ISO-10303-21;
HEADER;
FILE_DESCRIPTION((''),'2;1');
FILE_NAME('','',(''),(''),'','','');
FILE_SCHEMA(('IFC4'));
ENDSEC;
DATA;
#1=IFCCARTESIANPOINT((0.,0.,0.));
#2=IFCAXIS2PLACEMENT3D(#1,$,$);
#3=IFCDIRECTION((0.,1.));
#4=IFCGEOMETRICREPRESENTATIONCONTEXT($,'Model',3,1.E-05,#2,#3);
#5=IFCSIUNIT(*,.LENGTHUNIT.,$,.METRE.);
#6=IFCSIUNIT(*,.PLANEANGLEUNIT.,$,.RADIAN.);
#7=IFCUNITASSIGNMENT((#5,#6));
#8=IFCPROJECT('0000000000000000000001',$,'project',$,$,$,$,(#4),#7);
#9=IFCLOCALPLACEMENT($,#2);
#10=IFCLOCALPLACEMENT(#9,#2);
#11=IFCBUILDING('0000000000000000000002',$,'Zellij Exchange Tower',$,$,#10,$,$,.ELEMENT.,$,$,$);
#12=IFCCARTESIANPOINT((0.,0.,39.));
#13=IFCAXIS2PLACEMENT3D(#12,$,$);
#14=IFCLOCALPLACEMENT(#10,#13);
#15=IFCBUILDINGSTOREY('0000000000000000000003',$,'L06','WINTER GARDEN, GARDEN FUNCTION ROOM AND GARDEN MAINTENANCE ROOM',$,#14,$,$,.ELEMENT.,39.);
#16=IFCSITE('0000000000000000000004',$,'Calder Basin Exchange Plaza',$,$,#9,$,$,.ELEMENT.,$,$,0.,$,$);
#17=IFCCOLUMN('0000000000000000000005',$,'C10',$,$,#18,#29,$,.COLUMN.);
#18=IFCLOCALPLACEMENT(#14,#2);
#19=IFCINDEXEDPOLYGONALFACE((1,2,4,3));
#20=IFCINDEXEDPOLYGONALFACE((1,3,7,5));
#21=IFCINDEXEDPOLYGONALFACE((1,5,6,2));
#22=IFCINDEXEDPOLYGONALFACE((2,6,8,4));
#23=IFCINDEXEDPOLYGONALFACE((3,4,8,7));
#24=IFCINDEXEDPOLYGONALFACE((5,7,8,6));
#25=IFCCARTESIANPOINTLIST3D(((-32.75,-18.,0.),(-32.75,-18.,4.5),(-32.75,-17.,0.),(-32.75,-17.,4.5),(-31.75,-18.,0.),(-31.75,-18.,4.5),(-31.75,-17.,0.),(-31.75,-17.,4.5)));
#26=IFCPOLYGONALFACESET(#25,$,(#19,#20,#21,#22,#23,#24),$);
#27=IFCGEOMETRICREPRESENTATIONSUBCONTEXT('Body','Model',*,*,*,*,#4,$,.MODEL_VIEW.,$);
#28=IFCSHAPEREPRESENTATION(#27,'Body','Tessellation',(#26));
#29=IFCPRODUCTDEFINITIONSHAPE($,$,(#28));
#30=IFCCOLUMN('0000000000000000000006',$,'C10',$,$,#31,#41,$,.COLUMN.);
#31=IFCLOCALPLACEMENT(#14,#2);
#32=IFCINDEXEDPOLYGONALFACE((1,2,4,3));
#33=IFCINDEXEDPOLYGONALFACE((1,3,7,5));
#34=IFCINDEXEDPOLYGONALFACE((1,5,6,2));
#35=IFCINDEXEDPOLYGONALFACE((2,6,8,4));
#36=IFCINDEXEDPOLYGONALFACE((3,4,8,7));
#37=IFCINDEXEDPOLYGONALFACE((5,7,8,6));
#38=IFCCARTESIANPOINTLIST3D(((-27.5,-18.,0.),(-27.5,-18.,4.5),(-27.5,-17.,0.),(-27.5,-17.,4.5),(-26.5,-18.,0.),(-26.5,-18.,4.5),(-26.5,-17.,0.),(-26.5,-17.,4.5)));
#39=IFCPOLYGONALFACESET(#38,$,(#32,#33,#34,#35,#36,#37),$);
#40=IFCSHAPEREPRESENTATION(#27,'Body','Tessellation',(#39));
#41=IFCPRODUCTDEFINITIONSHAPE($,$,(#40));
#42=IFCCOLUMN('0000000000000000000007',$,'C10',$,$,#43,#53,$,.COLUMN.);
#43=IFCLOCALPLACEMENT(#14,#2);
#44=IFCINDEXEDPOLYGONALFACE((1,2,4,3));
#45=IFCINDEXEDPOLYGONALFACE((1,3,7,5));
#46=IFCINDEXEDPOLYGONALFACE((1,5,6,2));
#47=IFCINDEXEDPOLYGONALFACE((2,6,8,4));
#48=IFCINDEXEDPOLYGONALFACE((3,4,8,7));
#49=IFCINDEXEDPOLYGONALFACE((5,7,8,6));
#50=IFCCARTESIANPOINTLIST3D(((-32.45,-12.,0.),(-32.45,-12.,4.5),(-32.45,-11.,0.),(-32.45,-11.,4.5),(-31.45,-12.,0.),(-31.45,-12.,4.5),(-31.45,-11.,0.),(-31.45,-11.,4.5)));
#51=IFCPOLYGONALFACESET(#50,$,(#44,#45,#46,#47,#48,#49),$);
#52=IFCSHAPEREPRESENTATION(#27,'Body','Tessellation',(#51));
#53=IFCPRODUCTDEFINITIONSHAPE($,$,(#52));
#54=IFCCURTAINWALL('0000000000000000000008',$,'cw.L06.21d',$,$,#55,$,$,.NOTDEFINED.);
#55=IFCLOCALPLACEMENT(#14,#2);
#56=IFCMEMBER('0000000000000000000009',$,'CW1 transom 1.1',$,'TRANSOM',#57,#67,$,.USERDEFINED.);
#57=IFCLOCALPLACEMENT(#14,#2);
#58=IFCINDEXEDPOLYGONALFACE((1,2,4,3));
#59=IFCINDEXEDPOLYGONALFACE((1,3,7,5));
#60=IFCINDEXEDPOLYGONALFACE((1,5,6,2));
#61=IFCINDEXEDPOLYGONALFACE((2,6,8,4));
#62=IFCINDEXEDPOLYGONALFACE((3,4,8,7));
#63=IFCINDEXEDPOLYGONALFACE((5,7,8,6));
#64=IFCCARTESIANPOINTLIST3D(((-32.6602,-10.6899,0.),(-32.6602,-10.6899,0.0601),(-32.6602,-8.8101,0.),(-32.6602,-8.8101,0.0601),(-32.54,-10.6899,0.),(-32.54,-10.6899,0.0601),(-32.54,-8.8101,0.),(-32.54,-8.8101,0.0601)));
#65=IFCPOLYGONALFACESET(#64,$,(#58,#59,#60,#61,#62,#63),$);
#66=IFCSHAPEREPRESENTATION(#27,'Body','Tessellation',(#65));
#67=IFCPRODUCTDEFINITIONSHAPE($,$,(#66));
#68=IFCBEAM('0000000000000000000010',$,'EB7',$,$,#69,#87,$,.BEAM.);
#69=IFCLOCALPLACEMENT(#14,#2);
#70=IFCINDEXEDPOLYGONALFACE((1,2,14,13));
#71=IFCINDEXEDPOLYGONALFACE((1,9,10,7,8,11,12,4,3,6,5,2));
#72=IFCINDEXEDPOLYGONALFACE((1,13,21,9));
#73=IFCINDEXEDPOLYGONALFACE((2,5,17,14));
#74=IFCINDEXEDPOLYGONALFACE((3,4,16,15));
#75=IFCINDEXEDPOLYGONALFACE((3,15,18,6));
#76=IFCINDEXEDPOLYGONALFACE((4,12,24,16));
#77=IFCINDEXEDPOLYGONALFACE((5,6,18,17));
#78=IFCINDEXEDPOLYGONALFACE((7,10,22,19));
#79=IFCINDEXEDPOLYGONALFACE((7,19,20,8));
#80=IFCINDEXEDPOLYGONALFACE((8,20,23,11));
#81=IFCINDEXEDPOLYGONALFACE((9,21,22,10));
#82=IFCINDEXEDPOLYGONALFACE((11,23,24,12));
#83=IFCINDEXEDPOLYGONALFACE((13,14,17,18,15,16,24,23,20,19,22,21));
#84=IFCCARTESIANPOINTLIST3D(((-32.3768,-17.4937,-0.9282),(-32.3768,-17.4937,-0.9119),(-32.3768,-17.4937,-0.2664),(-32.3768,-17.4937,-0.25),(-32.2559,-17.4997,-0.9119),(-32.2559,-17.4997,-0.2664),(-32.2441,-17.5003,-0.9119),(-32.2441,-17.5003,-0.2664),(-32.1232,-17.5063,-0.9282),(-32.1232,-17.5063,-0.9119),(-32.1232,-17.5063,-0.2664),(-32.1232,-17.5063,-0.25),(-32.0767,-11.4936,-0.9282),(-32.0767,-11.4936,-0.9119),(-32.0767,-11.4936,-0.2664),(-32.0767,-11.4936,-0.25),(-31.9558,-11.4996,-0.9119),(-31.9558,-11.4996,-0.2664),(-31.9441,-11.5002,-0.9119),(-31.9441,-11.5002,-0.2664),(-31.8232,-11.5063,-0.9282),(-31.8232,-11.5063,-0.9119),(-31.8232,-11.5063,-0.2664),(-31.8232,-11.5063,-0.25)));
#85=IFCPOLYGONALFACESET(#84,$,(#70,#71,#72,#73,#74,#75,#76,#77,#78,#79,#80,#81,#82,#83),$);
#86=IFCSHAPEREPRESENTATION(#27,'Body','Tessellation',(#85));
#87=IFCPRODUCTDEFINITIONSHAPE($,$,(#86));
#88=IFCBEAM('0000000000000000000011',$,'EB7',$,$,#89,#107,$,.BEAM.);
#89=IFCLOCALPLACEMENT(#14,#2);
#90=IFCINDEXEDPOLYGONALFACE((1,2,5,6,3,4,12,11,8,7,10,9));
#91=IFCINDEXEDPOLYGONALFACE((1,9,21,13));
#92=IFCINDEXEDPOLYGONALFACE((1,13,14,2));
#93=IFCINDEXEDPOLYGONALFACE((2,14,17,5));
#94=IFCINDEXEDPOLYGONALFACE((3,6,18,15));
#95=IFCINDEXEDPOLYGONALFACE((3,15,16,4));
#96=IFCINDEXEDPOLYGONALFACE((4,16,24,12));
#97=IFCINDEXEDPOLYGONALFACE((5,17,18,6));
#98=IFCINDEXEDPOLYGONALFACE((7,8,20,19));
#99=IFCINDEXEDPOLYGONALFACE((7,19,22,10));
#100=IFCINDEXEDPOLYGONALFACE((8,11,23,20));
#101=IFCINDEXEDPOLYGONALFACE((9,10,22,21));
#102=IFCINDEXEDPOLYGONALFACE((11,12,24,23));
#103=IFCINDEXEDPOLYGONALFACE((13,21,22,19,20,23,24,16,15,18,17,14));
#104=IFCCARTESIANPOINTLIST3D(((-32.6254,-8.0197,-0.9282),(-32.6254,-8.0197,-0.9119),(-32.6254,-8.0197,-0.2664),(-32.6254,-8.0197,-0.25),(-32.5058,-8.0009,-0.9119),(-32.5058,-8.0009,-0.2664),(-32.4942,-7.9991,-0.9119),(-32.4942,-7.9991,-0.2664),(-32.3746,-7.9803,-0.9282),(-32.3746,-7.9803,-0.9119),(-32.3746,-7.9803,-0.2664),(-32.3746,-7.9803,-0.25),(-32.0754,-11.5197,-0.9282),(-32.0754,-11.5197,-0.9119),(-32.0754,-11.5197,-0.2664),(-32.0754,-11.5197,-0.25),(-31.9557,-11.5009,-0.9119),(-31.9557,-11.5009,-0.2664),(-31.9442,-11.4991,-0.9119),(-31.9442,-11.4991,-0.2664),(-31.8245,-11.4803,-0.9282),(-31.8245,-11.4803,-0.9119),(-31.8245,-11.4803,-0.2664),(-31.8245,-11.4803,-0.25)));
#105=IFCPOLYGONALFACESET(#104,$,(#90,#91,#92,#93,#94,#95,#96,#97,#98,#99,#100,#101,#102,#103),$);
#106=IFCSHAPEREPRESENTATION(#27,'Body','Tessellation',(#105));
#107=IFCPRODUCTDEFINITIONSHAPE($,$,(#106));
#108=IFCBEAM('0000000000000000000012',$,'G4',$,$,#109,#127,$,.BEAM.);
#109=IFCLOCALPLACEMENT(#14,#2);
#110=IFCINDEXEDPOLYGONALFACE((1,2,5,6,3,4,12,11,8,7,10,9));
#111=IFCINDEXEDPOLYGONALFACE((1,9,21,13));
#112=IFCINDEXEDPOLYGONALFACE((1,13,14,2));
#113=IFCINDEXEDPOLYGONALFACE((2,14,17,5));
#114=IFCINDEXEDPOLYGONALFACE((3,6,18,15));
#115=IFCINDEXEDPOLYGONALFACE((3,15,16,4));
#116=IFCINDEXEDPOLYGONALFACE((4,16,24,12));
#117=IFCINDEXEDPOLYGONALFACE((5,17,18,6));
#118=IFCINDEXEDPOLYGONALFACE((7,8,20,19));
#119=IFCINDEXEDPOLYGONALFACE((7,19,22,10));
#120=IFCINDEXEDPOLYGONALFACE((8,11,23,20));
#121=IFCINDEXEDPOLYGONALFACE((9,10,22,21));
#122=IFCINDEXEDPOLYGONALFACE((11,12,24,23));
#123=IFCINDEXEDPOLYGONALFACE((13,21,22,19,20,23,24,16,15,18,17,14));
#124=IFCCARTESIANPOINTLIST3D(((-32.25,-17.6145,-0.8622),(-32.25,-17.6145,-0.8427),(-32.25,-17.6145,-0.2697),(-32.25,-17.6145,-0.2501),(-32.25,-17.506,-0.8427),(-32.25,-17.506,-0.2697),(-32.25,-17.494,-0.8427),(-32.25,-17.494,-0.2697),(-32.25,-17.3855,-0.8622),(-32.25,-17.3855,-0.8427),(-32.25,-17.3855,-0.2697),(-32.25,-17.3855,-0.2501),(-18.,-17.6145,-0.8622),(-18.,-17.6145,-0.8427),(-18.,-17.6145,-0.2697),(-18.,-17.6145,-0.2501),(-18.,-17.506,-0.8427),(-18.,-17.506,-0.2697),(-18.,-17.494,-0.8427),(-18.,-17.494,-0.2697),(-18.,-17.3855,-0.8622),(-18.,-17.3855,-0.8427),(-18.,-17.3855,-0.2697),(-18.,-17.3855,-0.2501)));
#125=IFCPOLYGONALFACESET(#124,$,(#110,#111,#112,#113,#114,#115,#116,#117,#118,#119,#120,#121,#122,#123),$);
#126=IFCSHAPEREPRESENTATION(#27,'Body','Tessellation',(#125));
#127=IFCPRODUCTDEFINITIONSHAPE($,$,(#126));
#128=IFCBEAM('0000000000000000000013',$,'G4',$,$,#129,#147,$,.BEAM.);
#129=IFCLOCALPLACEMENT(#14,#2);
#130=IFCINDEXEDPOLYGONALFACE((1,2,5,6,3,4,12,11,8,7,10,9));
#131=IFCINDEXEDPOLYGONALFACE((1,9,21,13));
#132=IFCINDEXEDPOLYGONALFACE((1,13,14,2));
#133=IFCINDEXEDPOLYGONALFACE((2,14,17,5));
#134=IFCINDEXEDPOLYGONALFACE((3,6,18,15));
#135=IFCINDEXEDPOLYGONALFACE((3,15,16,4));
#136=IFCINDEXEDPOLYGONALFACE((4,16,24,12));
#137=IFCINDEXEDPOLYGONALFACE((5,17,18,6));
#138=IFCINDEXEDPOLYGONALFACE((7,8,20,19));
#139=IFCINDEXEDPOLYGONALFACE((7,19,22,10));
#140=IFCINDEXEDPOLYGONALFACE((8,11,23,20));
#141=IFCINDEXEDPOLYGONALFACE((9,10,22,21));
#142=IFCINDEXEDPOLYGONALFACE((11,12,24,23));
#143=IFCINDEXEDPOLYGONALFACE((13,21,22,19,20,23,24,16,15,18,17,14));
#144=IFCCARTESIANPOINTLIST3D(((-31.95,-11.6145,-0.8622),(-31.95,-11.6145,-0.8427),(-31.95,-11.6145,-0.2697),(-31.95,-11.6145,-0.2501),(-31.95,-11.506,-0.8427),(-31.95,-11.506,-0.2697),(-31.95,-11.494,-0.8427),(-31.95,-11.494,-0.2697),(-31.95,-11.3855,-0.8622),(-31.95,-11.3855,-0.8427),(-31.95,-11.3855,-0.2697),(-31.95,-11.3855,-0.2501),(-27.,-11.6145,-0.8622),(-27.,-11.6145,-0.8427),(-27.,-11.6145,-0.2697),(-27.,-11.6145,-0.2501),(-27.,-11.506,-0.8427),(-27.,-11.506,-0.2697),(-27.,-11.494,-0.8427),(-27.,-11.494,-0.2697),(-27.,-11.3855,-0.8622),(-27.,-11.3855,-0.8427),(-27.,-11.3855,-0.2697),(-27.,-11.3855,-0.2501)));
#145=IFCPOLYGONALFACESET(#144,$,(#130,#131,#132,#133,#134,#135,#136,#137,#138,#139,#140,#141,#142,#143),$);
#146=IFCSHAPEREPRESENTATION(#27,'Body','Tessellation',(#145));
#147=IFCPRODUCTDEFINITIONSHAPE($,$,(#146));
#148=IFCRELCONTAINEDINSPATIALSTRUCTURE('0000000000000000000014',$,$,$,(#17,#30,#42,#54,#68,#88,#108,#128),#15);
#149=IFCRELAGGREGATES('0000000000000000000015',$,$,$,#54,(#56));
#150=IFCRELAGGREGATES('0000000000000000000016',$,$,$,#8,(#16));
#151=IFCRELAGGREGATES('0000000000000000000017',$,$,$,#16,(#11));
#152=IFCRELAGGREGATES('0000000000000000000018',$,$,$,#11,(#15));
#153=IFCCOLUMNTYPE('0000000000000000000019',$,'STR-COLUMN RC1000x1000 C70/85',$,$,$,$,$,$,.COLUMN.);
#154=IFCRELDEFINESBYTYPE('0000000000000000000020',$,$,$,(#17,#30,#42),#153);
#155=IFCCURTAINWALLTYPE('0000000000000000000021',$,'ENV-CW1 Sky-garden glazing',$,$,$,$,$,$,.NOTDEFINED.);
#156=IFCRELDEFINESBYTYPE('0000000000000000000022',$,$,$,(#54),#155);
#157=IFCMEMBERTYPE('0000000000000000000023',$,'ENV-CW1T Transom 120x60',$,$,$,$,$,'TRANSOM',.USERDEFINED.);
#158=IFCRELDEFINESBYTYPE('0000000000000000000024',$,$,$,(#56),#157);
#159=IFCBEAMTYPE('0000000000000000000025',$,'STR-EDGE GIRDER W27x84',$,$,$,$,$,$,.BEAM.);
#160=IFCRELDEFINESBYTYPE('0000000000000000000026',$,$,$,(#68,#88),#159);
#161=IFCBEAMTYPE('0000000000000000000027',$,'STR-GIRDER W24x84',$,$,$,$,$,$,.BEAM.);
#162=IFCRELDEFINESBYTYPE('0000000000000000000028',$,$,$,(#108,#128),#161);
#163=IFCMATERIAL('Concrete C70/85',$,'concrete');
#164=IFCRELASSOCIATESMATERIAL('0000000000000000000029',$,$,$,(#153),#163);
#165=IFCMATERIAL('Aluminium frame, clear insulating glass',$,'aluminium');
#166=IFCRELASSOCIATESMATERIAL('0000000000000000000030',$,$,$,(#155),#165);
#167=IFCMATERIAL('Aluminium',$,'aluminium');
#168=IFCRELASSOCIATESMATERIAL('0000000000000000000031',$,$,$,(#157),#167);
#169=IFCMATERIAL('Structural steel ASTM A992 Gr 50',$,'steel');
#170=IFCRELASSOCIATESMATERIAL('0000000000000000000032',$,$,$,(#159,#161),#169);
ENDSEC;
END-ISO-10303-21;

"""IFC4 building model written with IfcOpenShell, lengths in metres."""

from ifc_helpers import new_model, si_unit, direction, frame, origin, origin_2d, place, context, subcontext, project, spatial, rectangle, i_section, extrude, material, material_profile, profile_set, type_object, element, aggregate, save


model = new_model("IFC4")

# Units and contexts
model_context = context("Model", 3, precision=1e-05, world=origin(), true_north=direction((0.0, 1.0)))
body_context = subcontext(model_context, "Body", "Model", "MODEL_VIEW")
ifc_project = project(units=[si_unit("LENGTHUNIT", "METRE"), si_unit("PLANEANGLEUNIT", "RADIAN")], contexts=[model_context])

# Site, building, storey
site_placement = place(None, origin())
site = spatial("IfcSite", under=ifc_project, at=site_placement, Name="Calder Basin Exchange Plaza", CompositionType="ELEMENT", RefElevation=0.0)
building_placement = place(site_placement, origin())
building = spatial("IfcBuilding", under=site, at=building_placement, Name="Zellij Exchange Tower", CompositionType="ELEMENT")
storey_placement = place(building_placement, frame((0.0, 0.0, 39.0)))
storey = spatial("IfcBuildingStorey", under=building, at=storey_placement, Name="L06", Description="WINTER GARDEN, GARDEN FUNCTION ROOM AND GARDEN MAINTENANCE ROOM", CompositionType="ELEMENT", Elevation=39.0)

# Columns
ifc_material_1 = material(Name="Concrete C70/85", Category="concrete")
ifc_material_profile_1 = material_profile(ifc_material_1, rectangle(XDim=1.0, YDim=1.0, at=origin_2d()), Name="STR-COLUMN RC1000x1000 C70/85")
ifc_profile_set_1 = profile_set([ifc_material_profile_1], Name="Concrete C70/85")
column_type = type_object("IfcColumnType", Name="STR-COLUMN RC1000x1000 C70/85", PredefinedType="COLUMN", material=ifc_profile_set_1)
for number, where, z_axis, x_axis, name in (
    (1, (-32.25, -17.5, 0.0), (0.0, 0.0, 1.0), (1.0, 0.0, 0.0), "C10"),
    (2, (-27.0, -17.5, 0.0), (0.0, 0.0, 1.0), (1.0, 0.0, 0.0), "C10"),
    (3, (-31.95, -11.5, 0.0), (0.0, 0.0, 1.0), (1.0, 0.0, 0.0), "C10"),
):
    element("IfcColumn", number, at=place(storey_placement, frame(where, z_axis=z_axis, x_axis=x_axis)), inside=storey, type_object=column_type, Name=name, PredefinedType="COLUMN", context=body_context, shape_type="SweptSolid", body=[
        extrude(rectangle(XDim=1.0, YDim=1.0, at=origin_2d()), origin(), (0.0, 0.0, 1.0), 4.5),
    ])

# Curtain wall, member
ifc_material_2 = material(Name="Aluminium frame, clear insulating glass", Category="aluminium")
curtain_wall_type = type_object("IfcCurtainWallType", Name="ENV-CW1 Sky-garden glazing", PredefinedType="NOTDEFINED", material=ifc_material_2)
curtain_wall_placement = place(storey_placement, origin())
curtain_wall = element("IfcCurtainWall", 4, at=curtain_wall_placement, inside=storey, type_object=curtain_wall_type, Name="cw.L06.21d", PredefinedType="NOTDEFINED")
ifc_material_3 = material(Name="Aluminium", Category="aluminium")
ifc_material_profile_2 = material_profile(ifc_material_3, rectangle(XDim=0.1201, YDim=0.0601, at=origin_2d()), Name="AL 120x60")
ifc_profile_set_2 = profile_set([ifc_material_profile_2], Name="Aluminium")
member_type = type_object("IfcMemberType", Name="ENV-CW1T Transom 120x60", ElementType="TRANSOM", PredefinedType="USERDEFINED", material=ifc_profile_set_2)
member_placement = place(storey_placement, frame((-32.6001, -8.8101, 0.03), z_axis=(0.0, -1.0, 0.0), x_axis=(1.0, 0.0, 0.0)))
member = element("IfcMember", 5, at=member_placement, type_object=member_type, Name="CW1 transom 1.1", ObjectType="TRANSOM", PredefinedType="USERDEFINED", context=body_context, shape_type="SweptSolid", body=[
    extrude(rectangle(XDim=0.1201, YDim=0.0601, at=origin_2d()), origin(), (0.0, 0.0, 1.0), 1.8799),
])
aggregate(curtain_wall, [member])

# Beams
ifc_material_4 = material(Name="Structural steel ASTM A992 Gr 50", Category="steel")
ifc_material_profile_3 = material_profile(ifc_material_4, i_section(OverallWidth=0.2539, OverallDepth=0.6782, WebThickness=0.0117, FlangeThickness=0.0164, at=origin_2d()), Name="W27x84")
ifc_profile_set_3 = profile_set([ifc_material_profile_3], Name="Structural steel ASTM A992 Gr 50")
beam_type_1 = type_object("IfcBeamType", Name="STR-EDGE GIRDER W27x84", PredefinedType="BEAM", material=ifc_profile_set_3)
beam_1_placement = place(storey_placement, frame((-32.25, -17.5, -0.5891), z_axis=(0.049946, 0.998752, 0.0), x_axis=(-0.998752, 0.049946, 0.0)))
element("IfcBeam", 6, at=beam_1_placement, inside=storey, type_object=beam_type_1, Name="EB7", PredefinedType="BEAM", context=body_context, shape_type="SweptSolid", body=[
    extrude(i_section(OverallWidth=0.2539, OverallDepth=0.6782, WebThickness=0.0117, FlangeThickness=0.0164, at=origin_2d()), origin(), (0.0, 0.0, 1.0), 6.0076),
])
beam_2_placement = place(storey_placement, frame((-31.95, -11.5, -0.5891), z_axis=(-0.155251, 0.987875, 0.0), x_axis=(-0.987875, -0.155251, 0.0)))
element("IfcBeam", 7, at=beam_2_placement, inside=storey, type_object=beam_type_1, Name="EB7", PredefinedType="BEAM", context=body_context, shape_type="SweptSolid", body=[
    extrude(i_section(OverallWidth=0.2539, OverallDepth=0.6782, WebThickness=0.0117, FlangeThickness=0.0164, at=origin_2d()), origin(), (0.0, 0.0, 1.0), 3.543),
])
ifc_material_profile_4 = material_profile(ifc_material_4, i_section(OverallWidth=0.229, OverallDepth=0.6121, WebThickness=0.012, FlangeThickness=0.0195, at=origin_2d()), Name="W24x84")
ifc_profile_set_4 = profile_set([ifc_material_profile_4], Name="Structural steel ASTM A992 Gr 50")
beam_type_2 = type_object("IfcBeamType", Name="STR-GIRDER W24x84", PredefinedType="BEAM", material=ifc_profile_set_4)
beam_3_placement = place(storey_placement, frame((-32.25, -17.5, -0.5562), z_axis=(1.0, 0.0, 0.0), x_axis=(0.0, 1.0, 0.0)))
element("IfcBeam", 8, at=beam_3_placement, inside=storey, type_object=beam_type_2, Name="G4", PredefinedType="BEAM", context=body_context, shape_type="SweptSolid", body=[
    extrude(i_section(OverallWidth=0.229, OverallDepth=0.6121, WebThickness=0.012, FlangeThickness=0.0195, at=origin_2d()), origin(), (0.0, 0.0, 1.0), 14.25),
])
beam_4_placement = place(storey_placement, frame((-31.95, -11.5, -0.5562), z_axis=(1.0, 0.0, 0.0), x_axis=(0.0, 1.0, 0.0)))
element("IfcBeam", 9, at=beam_4_placement, inside=storey, type_object=beam_type_2, Name="G4", PredefinedType="BEAM", context=body_context, shape_type="SweptSolid", body=[
    extrude(i_section(OverallWidth=0.229, OverallDepth=0.6121, WebThickness=0.012, FlangeThickness=0.0195, at=origin_2d()), origin(), (0.0, 0.0, 1.0), 4.95),
])

save(model, "model.ifc")
